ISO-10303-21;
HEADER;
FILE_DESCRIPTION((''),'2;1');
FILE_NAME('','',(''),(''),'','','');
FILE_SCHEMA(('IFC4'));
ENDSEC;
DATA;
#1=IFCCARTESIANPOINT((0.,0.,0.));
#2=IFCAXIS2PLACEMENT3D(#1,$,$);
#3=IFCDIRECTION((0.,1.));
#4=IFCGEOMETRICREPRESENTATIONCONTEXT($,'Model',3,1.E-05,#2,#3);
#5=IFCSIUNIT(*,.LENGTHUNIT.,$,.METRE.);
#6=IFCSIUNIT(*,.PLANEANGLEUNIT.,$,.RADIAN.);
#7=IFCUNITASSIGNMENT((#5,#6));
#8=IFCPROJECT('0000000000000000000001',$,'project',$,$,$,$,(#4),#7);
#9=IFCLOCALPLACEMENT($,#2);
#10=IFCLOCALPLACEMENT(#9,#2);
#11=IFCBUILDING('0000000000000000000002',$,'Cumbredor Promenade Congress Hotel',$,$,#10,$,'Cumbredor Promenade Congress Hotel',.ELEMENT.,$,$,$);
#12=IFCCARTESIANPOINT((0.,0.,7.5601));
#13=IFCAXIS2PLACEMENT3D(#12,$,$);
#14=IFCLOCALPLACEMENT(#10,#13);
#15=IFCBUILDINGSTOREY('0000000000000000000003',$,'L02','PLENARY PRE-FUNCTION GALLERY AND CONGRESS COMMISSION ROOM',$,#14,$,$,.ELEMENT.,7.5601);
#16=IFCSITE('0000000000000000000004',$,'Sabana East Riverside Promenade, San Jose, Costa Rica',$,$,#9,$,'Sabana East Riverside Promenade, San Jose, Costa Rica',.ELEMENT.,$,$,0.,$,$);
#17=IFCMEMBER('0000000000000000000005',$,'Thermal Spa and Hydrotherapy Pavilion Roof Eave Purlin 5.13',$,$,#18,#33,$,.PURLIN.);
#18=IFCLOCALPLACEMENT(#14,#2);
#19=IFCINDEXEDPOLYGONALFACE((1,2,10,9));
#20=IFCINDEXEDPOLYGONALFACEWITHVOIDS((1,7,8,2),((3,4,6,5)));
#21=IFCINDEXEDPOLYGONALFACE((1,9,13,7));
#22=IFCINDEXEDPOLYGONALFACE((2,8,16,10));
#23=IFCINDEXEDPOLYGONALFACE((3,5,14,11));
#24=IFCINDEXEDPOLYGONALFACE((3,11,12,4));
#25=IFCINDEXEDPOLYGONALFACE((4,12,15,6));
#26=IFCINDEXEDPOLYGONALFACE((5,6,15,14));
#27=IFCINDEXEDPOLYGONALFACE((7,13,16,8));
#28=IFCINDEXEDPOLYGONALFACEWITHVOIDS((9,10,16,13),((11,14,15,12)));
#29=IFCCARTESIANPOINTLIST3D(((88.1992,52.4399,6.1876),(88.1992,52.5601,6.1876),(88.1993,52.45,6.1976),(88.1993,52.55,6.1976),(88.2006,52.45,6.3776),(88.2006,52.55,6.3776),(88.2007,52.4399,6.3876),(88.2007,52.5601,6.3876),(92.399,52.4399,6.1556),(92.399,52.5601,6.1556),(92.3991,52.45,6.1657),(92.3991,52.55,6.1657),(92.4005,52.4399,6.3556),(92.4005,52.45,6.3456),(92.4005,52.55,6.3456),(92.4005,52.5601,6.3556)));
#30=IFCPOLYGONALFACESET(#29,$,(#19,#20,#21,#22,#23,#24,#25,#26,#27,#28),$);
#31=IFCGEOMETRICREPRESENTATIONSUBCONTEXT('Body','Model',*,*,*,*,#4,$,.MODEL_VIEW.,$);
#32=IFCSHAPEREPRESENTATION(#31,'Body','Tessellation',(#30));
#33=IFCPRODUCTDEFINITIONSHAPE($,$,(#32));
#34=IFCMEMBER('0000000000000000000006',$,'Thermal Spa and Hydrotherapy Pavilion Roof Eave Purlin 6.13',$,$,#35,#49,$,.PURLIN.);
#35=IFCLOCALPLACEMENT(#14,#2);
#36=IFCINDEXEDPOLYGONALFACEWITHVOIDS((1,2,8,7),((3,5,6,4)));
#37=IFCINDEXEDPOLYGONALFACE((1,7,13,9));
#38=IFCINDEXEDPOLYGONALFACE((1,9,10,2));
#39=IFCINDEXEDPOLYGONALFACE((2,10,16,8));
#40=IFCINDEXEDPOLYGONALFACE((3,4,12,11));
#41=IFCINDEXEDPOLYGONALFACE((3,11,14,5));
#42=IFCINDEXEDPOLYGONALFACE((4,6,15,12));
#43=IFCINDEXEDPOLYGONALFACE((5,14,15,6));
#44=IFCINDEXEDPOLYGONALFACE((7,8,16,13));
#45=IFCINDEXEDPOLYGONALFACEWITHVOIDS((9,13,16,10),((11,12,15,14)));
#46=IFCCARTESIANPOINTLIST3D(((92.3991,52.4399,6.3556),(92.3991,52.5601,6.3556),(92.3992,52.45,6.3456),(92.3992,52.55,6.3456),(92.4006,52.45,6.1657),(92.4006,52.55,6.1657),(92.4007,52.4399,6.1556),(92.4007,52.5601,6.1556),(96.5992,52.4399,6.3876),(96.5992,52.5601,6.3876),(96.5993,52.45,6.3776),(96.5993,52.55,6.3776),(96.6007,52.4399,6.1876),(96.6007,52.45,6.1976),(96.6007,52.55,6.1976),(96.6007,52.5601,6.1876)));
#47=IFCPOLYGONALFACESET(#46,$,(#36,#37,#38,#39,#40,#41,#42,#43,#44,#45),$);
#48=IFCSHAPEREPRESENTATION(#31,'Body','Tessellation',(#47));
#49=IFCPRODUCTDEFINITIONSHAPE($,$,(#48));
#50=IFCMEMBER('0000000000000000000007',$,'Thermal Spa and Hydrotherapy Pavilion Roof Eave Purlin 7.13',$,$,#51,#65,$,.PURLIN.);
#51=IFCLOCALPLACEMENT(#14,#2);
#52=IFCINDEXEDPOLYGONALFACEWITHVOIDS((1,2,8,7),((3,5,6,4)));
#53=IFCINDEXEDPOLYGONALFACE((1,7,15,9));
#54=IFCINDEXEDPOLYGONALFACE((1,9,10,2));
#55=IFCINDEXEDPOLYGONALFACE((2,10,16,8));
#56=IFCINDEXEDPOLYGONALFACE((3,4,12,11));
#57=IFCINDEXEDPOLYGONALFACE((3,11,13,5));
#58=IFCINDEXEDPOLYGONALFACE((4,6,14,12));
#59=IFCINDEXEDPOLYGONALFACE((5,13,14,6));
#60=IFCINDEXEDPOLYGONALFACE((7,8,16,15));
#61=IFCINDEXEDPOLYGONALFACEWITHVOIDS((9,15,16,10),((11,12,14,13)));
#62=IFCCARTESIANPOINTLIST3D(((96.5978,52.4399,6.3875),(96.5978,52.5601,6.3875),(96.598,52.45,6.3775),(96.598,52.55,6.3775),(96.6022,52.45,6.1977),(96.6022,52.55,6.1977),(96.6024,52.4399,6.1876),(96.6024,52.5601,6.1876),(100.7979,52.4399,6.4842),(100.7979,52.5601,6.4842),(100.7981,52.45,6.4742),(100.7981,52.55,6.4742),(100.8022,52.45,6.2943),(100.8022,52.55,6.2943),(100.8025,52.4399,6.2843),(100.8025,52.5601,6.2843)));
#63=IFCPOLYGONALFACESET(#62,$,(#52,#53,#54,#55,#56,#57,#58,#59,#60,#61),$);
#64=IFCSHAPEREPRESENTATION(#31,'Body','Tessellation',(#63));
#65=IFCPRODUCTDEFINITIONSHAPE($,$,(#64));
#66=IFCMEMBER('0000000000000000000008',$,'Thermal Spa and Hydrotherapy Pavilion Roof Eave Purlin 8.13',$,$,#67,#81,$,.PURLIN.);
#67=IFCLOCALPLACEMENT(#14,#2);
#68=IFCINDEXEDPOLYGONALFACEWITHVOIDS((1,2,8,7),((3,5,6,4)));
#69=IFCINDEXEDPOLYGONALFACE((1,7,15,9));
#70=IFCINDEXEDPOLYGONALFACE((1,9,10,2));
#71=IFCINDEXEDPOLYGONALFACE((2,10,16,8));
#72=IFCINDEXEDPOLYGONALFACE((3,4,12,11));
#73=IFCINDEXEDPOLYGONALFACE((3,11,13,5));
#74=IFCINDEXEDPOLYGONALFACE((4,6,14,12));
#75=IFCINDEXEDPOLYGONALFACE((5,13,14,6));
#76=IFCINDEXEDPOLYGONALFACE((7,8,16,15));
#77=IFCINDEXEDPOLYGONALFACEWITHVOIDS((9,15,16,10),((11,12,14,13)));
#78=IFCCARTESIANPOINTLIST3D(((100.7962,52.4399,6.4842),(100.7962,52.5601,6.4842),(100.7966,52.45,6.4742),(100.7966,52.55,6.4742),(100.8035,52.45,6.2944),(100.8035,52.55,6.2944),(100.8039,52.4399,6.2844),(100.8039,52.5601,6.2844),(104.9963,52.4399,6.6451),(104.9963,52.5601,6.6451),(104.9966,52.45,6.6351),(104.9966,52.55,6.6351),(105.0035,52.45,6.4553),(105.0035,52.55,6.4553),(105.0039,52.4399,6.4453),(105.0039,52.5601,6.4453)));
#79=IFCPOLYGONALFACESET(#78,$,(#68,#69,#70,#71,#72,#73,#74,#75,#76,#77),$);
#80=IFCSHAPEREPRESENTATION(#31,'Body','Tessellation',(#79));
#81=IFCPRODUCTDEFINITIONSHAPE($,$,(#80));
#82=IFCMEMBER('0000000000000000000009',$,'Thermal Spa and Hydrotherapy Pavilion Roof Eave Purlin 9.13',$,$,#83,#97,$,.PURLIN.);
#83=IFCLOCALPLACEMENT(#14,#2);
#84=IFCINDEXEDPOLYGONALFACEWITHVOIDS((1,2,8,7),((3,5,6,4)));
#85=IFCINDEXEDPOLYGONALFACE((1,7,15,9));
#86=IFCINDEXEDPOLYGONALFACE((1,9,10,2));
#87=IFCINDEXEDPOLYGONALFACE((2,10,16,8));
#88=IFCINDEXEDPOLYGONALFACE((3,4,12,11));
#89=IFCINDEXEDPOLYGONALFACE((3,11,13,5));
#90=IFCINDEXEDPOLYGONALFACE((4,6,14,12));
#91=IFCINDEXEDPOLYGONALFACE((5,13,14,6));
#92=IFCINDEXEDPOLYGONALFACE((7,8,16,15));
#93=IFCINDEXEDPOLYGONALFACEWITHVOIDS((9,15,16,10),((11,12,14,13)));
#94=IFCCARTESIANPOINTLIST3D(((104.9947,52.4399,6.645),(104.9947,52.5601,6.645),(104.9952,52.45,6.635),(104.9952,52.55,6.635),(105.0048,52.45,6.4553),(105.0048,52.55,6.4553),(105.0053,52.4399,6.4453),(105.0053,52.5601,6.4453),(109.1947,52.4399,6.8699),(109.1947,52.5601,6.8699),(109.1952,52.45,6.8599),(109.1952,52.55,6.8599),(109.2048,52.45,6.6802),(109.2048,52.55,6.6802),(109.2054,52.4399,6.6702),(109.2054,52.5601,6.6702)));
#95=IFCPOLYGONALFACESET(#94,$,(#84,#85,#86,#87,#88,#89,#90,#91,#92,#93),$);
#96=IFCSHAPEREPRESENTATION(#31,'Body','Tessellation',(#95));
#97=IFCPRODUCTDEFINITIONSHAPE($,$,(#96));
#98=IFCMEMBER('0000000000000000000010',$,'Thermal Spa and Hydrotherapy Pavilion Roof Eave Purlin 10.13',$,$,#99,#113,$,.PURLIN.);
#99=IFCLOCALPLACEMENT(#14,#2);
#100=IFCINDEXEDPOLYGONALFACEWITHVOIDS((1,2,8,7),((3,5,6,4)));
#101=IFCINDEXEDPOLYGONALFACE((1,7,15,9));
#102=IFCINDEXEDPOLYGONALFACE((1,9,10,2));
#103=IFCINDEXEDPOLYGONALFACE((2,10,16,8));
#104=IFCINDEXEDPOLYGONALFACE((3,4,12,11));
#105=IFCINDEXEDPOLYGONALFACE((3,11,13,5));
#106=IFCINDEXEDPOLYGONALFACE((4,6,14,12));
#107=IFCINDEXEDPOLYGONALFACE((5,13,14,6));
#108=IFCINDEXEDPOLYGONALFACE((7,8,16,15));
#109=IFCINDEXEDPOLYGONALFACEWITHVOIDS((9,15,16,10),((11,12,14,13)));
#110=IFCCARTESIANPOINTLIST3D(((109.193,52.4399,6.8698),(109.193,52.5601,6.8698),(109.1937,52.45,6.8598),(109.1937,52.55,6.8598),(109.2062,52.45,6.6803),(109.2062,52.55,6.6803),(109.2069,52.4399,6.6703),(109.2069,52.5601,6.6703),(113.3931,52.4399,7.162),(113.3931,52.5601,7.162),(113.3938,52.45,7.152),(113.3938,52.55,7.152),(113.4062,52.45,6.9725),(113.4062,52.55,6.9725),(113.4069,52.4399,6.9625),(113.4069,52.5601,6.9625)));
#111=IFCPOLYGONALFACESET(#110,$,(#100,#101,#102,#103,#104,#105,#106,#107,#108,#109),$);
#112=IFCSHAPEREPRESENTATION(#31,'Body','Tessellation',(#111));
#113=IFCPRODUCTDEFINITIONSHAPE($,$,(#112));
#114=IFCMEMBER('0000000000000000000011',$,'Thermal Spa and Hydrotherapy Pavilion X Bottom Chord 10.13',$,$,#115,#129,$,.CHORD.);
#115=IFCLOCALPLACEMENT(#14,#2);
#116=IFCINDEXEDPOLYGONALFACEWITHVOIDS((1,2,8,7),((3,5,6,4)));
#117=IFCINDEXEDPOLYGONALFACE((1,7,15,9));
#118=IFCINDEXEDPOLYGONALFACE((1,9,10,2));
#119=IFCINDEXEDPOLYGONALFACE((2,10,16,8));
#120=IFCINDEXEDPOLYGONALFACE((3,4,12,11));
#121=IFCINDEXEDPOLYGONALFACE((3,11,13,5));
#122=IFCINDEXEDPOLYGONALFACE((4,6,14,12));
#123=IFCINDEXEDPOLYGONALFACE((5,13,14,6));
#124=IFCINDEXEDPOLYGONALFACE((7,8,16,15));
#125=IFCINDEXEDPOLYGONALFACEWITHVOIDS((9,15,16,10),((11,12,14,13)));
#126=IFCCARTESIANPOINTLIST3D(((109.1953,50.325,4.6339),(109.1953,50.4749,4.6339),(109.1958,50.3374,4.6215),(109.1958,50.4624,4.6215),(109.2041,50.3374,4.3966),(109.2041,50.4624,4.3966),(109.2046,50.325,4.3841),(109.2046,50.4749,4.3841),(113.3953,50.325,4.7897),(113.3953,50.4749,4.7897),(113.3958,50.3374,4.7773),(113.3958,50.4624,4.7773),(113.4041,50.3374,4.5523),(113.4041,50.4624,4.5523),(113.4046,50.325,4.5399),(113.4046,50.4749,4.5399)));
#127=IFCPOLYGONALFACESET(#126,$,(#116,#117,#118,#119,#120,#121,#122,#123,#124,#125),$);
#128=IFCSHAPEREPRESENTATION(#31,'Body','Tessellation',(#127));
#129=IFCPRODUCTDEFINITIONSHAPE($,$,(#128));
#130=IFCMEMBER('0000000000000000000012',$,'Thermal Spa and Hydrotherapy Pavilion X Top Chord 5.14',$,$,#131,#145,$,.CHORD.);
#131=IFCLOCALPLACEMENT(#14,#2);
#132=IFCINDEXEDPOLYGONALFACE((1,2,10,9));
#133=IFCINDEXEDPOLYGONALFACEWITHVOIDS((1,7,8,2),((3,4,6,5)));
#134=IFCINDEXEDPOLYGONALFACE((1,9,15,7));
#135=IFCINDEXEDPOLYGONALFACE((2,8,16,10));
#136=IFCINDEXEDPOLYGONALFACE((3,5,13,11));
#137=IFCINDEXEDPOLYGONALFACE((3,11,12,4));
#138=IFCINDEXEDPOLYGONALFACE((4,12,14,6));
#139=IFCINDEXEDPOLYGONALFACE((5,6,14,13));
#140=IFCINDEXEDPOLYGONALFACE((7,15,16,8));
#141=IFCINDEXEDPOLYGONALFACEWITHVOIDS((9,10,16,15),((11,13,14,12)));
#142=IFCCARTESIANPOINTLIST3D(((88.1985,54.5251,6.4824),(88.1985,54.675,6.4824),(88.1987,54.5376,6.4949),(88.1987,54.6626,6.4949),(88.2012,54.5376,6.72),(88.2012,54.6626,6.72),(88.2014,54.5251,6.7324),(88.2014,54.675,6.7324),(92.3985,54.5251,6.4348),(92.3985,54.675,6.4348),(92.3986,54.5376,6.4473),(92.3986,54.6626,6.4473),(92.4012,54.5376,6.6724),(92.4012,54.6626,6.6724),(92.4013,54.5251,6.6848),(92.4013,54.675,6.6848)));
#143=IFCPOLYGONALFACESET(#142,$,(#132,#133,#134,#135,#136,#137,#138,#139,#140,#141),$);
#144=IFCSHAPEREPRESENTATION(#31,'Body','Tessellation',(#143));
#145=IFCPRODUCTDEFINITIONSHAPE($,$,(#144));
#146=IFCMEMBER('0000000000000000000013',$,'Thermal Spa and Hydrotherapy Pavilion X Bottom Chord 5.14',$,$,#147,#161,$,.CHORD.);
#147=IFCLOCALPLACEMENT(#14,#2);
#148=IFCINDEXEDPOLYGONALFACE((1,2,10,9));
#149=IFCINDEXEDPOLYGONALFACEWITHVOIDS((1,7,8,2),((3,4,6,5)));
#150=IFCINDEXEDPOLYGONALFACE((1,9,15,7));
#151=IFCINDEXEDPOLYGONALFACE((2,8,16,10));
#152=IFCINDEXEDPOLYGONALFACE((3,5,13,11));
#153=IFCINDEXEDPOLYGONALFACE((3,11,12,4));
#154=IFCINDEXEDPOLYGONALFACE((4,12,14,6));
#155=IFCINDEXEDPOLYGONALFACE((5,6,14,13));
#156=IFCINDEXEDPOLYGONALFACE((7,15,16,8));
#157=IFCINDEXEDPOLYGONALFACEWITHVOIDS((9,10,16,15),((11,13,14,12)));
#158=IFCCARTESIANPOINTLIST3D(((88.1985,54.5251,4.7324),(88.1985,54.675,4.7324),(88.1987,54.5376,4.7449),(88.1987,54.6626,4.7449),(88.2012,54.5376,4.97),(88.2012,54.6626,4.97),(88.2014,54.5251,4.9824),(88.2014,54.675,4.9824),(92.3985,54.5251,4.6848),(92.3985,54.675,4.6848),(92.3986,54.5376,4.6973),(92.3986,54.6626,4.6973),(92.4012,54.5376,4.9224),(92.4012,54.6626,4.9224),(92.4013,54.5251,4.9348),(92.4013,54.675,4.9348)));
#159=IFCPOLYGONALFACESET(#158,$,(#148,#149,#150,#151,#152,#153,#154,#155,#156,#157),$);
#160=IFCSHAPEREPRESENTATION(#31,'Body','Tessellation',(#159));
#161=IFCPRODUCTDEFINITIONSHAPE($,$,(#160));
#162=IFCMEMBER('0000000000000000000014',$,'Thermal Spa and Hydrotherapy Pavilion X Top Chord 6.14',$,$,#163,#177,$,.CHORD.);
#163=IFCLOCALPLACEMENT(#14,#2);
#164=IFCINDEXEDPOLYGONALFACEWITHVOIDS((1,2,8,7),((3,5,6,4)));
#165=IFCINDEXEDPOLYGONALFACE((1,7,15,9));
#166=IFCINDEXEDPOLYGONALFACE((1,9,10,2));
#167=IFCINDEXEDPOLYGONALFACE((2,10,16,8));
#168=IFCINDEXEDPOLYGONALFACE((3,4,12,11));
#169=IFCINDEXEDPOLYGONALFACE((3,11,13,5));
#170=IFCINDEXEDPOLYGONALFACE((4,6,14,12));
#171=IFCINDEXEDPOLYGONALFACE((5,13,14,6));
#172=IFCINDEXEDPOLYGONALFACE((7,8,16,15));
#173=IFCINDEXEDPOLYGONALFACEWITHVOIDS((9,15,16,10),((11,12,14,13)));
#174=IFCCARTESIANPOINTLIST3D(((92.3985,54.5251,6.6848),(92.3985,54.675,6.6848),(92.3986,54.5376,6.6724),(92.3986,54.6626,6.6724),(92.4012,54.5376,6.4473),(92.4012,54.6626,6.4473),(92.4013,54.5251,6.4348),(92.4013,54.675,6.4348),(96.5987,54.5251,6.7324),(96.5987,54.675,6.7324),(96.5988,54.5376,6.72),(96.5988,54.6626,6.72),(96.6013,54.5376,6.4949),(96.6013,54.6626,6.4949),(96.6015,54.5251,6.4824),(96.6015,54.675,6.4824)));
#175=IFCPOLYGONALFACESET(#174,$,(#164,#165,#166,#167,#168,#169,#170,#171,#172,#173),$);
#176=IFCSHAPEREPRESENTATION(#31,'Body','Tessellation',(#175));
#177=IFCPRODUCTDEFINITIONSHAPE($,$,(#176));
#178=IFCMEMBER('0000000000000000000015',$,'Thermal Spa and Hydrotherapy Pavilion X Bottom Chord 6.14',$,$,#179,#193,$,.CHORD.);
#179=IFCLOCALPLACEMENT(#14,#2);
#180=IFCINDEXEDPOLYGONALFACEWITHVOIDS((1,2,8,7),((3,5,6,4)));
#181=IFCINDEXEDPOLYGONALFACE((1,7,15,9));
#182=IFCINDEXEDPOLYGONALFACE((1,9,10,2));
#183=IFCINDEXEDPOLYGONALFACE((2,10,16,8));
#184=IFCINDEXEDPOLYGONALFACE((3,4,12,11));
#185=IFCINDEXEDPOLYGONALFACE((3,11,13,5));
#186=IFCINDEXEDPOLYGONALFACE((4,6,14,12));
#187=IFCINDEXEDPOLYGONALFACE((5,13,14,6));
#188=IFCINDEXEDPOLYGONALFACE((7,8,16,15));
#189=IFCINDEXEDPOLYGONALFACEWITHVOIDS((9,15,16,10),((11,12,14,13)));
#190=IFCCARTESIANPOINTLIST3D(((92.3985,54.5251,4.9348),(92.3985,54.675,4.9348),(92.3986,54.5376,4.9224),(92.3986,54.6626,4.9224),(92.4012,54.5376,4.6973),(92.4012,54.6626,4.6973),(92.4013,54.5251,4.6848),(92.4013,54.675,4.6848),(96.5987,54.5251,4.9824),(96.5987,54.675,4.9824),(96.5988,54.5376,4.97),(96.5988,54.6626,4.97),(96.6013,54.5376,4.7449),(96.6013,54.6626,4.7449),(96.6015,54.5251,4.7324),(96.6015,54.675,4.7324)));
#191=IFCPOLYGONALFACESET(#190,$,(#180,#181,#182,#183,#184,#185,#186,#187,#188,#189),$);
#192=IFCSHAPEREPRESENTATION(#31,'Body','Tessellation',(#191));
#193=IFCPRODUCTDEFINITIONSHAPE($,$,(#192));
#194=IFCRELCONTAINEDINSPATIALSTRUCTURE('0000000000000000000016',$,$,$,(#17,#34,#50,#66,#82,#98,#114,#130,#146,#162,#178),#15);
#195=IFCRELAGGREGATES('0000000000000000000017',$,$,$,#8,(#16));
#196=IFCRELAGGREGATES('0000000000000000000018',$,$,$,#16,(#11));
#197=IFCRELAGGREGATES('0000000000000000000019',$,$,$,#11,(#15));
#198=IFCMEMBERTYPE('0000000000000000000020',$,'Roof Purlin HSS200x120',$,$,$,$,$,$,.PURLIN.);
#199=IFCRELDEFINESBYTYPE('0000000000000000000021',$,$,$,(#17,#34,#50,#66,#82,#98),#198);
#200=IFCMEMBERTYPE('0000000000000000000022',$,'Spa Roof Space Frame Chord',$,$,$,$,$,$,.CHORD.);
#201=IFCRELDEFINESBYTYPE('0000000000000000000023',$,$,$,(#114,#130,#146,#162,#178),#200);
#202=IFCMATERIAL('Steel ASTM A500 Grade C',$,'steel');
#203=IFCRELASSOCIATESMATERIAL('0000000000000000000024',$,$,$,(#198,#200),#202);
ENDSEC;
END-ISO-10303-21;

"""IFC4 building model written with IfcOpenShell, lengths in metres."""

from ifc_helpers import new_model, si_unit, direction, frame, origin, origin_2d, place, context, subcontext, project, spatial, hollow_rectangle, extrude, material, material_profile, profile_set, type_object, element, save


model = new_model("IFC4")

# Units and contexts
model_context = context("Model", 3, precision=1e-05, world=origin(), true_north=direction((0.0, 1.0)))
body_context = subcontext(model_context, "Body", "Model", "MODEL_VIEW")
ifc_project = project(units=[si_unit("LENGTHUNIT", "METRE"), si_unit("PLANEANGLEUNIT", "RADIAN")], contexts=[model_context])

# Site, building, storey
site_placement = place(None, origin())
site = spatial("IfcSite", under=ifc_project, at=site_placement, Name="Sabana East Riverside Promenade, San Jose, Costa Rica", LongName="Sabana East Riverside Promenade, San Jose, Costa Rica", CompositionType="ELEMENT", RefElevation=0.0)
building_placement = place(site_placement, origin())
building = spatial("IfcBuilding", under=site, at=building_placement, Name="Cumbredor Promenade Congress Hotel", LongName="Cumbredor Promenade Congress Hotel", CompositionType="ELEMENT")
storey_placement = place(building_placement, frame((0.0, 0.0, 7.5601)))
storey = spatial("IfcBuildingStorey", under=building, at=storey_placement, Name="L02", Description="PLENARY PRE-FUNCTION GALLERY AND CONGRESS COMMISSION ROOM", CompositionType="ELEMENT", Elevation=7.5601)

# Members
ifc_material_1 = material(Name="Steel ASTM A500 Grade C", Category="steel")
ifc_material_profile_1 = material_profile(ifc_material_1, hollow_rectangle(XDim=0.1201, YDim=0.2, WallThickness=0.01, at=origin_2d()), Name="HSS 200x120x10")
ifc_profile_set_1 = profile_set([ifc_material_profile_1], Name="Steel ASTM A500 Grade C")
member_type_1 = type_object("IfcMemberType", Name="Roof Purlin HSS200x120", PredefinedType="PURLIN", material=ifc_profile_set_1)
member_1_placement = place(storey_placement, frame((88.2, 52.5, 6.2876), z_axis=(0.999971, 0.0, -0.007615), x_axis=(0.0, 1.0, 0.0)))
element("IfcMember", 1, at=member_1_placement, inside=storey, type_object=member_type_1, Name="Thermal Spa and Hydrotherapy Pavilion Roof Eave Purlin 5.13", PredefinedType="PURLIN", context=body_context, shape_type="SweptSolid", body=[
    extrude(hollow_rectangle(XDim=0.1201, YDim=0.2, WallThickness=0.01, at=origin_2d()), origin(), (0.0, 0.0, 1.0), 4.2),
])
member_2_placement = place(storey_placement, frame((92.3999, 52.5, 6.2556), z_axis=(0.999971, 0.0, 0.007614), x_axis=(0.0, 1.0, 0.0)))
element("IfcMember", 2, at=member_2_placement, inside=storey, type_object=member_type_1, Name="Thermal Spa and Hydrotherapy Pavilion Roof Eave Purlin 6.13", PredefinedType="PURLIN", context=body_context, shape_type="SweptSolid", body=[
    extrude(hollow_rectangle(XDim=0.1201, YDim=0.2, WallThickness=0.01, at=origin_2d()), origin(), (0.0, 0.0, 1.0), 4.2002),
])
member_3_placement = place(storey_placement, frame((96.6001, 52.5, 6.2876), z_axis=(0.999735, 0.0, 0.023013), x_axis=(0.0, 1.0, 0.0)))
element("IfcMember", 3, at=member_3_placement, inside=storey, type_object=member_type_1, Name="Thermal Spa and Hydrotherapy Pavilion Roof Eave Purlin 7.13", PredefinedType="PURLIN", context=body_context, shape_type="SweptSolid", body=[
    extrude(hollow_rectangle(XDim=0.1201, YDim=0.2, WallThickness=0.01, at=origin_2d()), origin(), (0.0, 0.0, 1.0), 4.2012),
])
member_4_placement = place(storey_placement, frame((100.8, 52.5, 6.3843), z_axis=(0.999267, 0.0, 0.038279), x_axis=(0.0, 1.0, 0.0)))
element("IfcMember", 4, at=member_4_placement, inside=storey, type_object=member_type_1, Name="Thermal Spa and Hydrotherapy Pavilion Roof Eave Purlin 8.13", PredefinedType="PURLIN", context=body_context, shape_type="SweptSolid", body=[
    extrude(hollow_rectangle(XDim=0.1201, YDim=0.2, WallThickness=0.01, at=origin_2d()), origin(), (0.0, 0.0, 1.0), 4.2031),
])
member_5_placement = place(storey_placement, frame((105.0, 52.5, 6.5452), z_axis=(0.99857, 0.0, 0.053461), x_axis=(0.0, 1.0, 0.0)))
element("IfcMember", 5, at=member_5_placement, inside=storey, type_object=member_type_1, Name="Thermal Spa and Hydrotherapy Pavilion Roof Eave Purlin 9.13", PredefinedType="PURLIN", context=body_context, shape_type="SweptSolid", body=[
    extrude(hollow_rectangle(XDim=0.1201, YDim=0.2, WallThickness=0.01, at=origin_2d()), origin(), (0.0, 0.0, 1.0), 4.2061),
])
member_6_placement = place(storey_placement, frame((109.2, 52.5, 6.77), z_axis=(0.997588, 0.0, 0.069413), x_axis=(0.0, 1.0, 0.0)))
element("IfcMember", 6, at=member_6_placement, inside=storey, type_object=member_type_1, Name="Thermal Spa and Hydrotherapy Pavilion Roof Eave Purlin 10.13", PredefinedType="PURLIN", context=body_context, shape_type="SweptSolid", body=[
    extrude(hollow_rectangle(XDim=0.1201, YDim=0.2, WallThickness=0.01, at=origin_2d()), origin(), (0.0, 0.0, 1.0), 4.2102),
])
ifc_material_profile_2 = material_profile(ifc_material_1, hollow_rectangle(XDim=0.1499, YDim=0.25, WallThickness=0.0125, at=origin_2d()), Name="HSS 250x150x12.5")
ifc_profile_set_2 = profile_set([ifc_material_profile_2], Name="Steel ASTM A500 Grade C")
member_type_2 = type_object("IfcMemberType", Name="Spa Roof Space Frame Chord", PredefinedType="CHORD", material=ifc_profile_set_2)
member_7_placement = place(storey_placement, frame((109.2, 50.3999, 4.509), z_axis=(0.999313, 0.0, 0.037061), x_axis=(0.0, 1.0, 0.0)))
element("IfcMember", 7, at=member_7_placement, inside=storey, type_object=member_type_2, Name="Thermal Spa and Hydrotherapy Pavilion X Bottom Chord 10.13", PredefinedType="CHORD", context=body_context, shape_type="SweptSolid", body=[
    extrude(hollow_rectangle(XDim=0.1499, YDim=0.25, WallThickness=0.0125, at=origin_2d()), origin(), (0.0, 0.0, 1.0), 4.2029),
])
for number, where, z_axis, x_axis, name in (
    (8, (88.2, 54.6001, 6.6074), (0.999936, 0.0, -0.011335), (0.0, 1.0, 0.0), "Thermal Spa and Hydrotherapy Pavilion X Top Chord 5.14"),
    (9, (88.2, 54.6001, 4.8574), (0.999936, 0.0, -0.011335), (0.0, 1.0, 0.0), "Thermal Spa and Hydrotherapy Pavilion X Bottom Chord 5.14"),
):
    element("IfcMember", number, at=place(storey_placement, frame(where, z_axis=z_axis, x_axis=x_axis)), inside=storey, type_object=member_type_2, Name=name, PredefinedType="CHORD", context=body_context, shape_type="SweptSolid", body=[
        extrude(hollow_rectangle(XDim=0.1499, YDim=0.25, WallThickness=0.0125, at=origin_2d()), origin(), (0.0, 0.0, 1.0), 4.2002),
    ])
for number, where, z_axis, x_axis, name in (
    (10, (92.3999, 54.6001, 6.5598), (0.999936, 0.0, 0.011334), (0.0, 1.0, 0.0), "Thermal Spa and Hydrotherapy Pavilion X Top Chord 6.14"),
    (11, (92.3999, 54.6001, 4.8098), (0.999936, 0.0, 0.011334), (0.0, 1.0, 0.0), "Thermal Spa and Hydrotherapy Pavilion X Bottom Chord 6.14"),
):
    element("IfcMember", number, at=place(storey_placement, frame(where, z_axis=z_axis, x_axis=x_axis)), inside=storey, type_object=member_type_2, Name=name, PredefinedType="CHORD", context=body_context, shape_type="SweptSolid", body=[
        extrude(hollow_rectangle(XDim=0.1499, YDim=0.25, WallThickness=0.0125, at=origin_2d()), origin(), (0.0, 0.0, 1.0), 4.2004),
    ])

save(model, "model.ifc")
